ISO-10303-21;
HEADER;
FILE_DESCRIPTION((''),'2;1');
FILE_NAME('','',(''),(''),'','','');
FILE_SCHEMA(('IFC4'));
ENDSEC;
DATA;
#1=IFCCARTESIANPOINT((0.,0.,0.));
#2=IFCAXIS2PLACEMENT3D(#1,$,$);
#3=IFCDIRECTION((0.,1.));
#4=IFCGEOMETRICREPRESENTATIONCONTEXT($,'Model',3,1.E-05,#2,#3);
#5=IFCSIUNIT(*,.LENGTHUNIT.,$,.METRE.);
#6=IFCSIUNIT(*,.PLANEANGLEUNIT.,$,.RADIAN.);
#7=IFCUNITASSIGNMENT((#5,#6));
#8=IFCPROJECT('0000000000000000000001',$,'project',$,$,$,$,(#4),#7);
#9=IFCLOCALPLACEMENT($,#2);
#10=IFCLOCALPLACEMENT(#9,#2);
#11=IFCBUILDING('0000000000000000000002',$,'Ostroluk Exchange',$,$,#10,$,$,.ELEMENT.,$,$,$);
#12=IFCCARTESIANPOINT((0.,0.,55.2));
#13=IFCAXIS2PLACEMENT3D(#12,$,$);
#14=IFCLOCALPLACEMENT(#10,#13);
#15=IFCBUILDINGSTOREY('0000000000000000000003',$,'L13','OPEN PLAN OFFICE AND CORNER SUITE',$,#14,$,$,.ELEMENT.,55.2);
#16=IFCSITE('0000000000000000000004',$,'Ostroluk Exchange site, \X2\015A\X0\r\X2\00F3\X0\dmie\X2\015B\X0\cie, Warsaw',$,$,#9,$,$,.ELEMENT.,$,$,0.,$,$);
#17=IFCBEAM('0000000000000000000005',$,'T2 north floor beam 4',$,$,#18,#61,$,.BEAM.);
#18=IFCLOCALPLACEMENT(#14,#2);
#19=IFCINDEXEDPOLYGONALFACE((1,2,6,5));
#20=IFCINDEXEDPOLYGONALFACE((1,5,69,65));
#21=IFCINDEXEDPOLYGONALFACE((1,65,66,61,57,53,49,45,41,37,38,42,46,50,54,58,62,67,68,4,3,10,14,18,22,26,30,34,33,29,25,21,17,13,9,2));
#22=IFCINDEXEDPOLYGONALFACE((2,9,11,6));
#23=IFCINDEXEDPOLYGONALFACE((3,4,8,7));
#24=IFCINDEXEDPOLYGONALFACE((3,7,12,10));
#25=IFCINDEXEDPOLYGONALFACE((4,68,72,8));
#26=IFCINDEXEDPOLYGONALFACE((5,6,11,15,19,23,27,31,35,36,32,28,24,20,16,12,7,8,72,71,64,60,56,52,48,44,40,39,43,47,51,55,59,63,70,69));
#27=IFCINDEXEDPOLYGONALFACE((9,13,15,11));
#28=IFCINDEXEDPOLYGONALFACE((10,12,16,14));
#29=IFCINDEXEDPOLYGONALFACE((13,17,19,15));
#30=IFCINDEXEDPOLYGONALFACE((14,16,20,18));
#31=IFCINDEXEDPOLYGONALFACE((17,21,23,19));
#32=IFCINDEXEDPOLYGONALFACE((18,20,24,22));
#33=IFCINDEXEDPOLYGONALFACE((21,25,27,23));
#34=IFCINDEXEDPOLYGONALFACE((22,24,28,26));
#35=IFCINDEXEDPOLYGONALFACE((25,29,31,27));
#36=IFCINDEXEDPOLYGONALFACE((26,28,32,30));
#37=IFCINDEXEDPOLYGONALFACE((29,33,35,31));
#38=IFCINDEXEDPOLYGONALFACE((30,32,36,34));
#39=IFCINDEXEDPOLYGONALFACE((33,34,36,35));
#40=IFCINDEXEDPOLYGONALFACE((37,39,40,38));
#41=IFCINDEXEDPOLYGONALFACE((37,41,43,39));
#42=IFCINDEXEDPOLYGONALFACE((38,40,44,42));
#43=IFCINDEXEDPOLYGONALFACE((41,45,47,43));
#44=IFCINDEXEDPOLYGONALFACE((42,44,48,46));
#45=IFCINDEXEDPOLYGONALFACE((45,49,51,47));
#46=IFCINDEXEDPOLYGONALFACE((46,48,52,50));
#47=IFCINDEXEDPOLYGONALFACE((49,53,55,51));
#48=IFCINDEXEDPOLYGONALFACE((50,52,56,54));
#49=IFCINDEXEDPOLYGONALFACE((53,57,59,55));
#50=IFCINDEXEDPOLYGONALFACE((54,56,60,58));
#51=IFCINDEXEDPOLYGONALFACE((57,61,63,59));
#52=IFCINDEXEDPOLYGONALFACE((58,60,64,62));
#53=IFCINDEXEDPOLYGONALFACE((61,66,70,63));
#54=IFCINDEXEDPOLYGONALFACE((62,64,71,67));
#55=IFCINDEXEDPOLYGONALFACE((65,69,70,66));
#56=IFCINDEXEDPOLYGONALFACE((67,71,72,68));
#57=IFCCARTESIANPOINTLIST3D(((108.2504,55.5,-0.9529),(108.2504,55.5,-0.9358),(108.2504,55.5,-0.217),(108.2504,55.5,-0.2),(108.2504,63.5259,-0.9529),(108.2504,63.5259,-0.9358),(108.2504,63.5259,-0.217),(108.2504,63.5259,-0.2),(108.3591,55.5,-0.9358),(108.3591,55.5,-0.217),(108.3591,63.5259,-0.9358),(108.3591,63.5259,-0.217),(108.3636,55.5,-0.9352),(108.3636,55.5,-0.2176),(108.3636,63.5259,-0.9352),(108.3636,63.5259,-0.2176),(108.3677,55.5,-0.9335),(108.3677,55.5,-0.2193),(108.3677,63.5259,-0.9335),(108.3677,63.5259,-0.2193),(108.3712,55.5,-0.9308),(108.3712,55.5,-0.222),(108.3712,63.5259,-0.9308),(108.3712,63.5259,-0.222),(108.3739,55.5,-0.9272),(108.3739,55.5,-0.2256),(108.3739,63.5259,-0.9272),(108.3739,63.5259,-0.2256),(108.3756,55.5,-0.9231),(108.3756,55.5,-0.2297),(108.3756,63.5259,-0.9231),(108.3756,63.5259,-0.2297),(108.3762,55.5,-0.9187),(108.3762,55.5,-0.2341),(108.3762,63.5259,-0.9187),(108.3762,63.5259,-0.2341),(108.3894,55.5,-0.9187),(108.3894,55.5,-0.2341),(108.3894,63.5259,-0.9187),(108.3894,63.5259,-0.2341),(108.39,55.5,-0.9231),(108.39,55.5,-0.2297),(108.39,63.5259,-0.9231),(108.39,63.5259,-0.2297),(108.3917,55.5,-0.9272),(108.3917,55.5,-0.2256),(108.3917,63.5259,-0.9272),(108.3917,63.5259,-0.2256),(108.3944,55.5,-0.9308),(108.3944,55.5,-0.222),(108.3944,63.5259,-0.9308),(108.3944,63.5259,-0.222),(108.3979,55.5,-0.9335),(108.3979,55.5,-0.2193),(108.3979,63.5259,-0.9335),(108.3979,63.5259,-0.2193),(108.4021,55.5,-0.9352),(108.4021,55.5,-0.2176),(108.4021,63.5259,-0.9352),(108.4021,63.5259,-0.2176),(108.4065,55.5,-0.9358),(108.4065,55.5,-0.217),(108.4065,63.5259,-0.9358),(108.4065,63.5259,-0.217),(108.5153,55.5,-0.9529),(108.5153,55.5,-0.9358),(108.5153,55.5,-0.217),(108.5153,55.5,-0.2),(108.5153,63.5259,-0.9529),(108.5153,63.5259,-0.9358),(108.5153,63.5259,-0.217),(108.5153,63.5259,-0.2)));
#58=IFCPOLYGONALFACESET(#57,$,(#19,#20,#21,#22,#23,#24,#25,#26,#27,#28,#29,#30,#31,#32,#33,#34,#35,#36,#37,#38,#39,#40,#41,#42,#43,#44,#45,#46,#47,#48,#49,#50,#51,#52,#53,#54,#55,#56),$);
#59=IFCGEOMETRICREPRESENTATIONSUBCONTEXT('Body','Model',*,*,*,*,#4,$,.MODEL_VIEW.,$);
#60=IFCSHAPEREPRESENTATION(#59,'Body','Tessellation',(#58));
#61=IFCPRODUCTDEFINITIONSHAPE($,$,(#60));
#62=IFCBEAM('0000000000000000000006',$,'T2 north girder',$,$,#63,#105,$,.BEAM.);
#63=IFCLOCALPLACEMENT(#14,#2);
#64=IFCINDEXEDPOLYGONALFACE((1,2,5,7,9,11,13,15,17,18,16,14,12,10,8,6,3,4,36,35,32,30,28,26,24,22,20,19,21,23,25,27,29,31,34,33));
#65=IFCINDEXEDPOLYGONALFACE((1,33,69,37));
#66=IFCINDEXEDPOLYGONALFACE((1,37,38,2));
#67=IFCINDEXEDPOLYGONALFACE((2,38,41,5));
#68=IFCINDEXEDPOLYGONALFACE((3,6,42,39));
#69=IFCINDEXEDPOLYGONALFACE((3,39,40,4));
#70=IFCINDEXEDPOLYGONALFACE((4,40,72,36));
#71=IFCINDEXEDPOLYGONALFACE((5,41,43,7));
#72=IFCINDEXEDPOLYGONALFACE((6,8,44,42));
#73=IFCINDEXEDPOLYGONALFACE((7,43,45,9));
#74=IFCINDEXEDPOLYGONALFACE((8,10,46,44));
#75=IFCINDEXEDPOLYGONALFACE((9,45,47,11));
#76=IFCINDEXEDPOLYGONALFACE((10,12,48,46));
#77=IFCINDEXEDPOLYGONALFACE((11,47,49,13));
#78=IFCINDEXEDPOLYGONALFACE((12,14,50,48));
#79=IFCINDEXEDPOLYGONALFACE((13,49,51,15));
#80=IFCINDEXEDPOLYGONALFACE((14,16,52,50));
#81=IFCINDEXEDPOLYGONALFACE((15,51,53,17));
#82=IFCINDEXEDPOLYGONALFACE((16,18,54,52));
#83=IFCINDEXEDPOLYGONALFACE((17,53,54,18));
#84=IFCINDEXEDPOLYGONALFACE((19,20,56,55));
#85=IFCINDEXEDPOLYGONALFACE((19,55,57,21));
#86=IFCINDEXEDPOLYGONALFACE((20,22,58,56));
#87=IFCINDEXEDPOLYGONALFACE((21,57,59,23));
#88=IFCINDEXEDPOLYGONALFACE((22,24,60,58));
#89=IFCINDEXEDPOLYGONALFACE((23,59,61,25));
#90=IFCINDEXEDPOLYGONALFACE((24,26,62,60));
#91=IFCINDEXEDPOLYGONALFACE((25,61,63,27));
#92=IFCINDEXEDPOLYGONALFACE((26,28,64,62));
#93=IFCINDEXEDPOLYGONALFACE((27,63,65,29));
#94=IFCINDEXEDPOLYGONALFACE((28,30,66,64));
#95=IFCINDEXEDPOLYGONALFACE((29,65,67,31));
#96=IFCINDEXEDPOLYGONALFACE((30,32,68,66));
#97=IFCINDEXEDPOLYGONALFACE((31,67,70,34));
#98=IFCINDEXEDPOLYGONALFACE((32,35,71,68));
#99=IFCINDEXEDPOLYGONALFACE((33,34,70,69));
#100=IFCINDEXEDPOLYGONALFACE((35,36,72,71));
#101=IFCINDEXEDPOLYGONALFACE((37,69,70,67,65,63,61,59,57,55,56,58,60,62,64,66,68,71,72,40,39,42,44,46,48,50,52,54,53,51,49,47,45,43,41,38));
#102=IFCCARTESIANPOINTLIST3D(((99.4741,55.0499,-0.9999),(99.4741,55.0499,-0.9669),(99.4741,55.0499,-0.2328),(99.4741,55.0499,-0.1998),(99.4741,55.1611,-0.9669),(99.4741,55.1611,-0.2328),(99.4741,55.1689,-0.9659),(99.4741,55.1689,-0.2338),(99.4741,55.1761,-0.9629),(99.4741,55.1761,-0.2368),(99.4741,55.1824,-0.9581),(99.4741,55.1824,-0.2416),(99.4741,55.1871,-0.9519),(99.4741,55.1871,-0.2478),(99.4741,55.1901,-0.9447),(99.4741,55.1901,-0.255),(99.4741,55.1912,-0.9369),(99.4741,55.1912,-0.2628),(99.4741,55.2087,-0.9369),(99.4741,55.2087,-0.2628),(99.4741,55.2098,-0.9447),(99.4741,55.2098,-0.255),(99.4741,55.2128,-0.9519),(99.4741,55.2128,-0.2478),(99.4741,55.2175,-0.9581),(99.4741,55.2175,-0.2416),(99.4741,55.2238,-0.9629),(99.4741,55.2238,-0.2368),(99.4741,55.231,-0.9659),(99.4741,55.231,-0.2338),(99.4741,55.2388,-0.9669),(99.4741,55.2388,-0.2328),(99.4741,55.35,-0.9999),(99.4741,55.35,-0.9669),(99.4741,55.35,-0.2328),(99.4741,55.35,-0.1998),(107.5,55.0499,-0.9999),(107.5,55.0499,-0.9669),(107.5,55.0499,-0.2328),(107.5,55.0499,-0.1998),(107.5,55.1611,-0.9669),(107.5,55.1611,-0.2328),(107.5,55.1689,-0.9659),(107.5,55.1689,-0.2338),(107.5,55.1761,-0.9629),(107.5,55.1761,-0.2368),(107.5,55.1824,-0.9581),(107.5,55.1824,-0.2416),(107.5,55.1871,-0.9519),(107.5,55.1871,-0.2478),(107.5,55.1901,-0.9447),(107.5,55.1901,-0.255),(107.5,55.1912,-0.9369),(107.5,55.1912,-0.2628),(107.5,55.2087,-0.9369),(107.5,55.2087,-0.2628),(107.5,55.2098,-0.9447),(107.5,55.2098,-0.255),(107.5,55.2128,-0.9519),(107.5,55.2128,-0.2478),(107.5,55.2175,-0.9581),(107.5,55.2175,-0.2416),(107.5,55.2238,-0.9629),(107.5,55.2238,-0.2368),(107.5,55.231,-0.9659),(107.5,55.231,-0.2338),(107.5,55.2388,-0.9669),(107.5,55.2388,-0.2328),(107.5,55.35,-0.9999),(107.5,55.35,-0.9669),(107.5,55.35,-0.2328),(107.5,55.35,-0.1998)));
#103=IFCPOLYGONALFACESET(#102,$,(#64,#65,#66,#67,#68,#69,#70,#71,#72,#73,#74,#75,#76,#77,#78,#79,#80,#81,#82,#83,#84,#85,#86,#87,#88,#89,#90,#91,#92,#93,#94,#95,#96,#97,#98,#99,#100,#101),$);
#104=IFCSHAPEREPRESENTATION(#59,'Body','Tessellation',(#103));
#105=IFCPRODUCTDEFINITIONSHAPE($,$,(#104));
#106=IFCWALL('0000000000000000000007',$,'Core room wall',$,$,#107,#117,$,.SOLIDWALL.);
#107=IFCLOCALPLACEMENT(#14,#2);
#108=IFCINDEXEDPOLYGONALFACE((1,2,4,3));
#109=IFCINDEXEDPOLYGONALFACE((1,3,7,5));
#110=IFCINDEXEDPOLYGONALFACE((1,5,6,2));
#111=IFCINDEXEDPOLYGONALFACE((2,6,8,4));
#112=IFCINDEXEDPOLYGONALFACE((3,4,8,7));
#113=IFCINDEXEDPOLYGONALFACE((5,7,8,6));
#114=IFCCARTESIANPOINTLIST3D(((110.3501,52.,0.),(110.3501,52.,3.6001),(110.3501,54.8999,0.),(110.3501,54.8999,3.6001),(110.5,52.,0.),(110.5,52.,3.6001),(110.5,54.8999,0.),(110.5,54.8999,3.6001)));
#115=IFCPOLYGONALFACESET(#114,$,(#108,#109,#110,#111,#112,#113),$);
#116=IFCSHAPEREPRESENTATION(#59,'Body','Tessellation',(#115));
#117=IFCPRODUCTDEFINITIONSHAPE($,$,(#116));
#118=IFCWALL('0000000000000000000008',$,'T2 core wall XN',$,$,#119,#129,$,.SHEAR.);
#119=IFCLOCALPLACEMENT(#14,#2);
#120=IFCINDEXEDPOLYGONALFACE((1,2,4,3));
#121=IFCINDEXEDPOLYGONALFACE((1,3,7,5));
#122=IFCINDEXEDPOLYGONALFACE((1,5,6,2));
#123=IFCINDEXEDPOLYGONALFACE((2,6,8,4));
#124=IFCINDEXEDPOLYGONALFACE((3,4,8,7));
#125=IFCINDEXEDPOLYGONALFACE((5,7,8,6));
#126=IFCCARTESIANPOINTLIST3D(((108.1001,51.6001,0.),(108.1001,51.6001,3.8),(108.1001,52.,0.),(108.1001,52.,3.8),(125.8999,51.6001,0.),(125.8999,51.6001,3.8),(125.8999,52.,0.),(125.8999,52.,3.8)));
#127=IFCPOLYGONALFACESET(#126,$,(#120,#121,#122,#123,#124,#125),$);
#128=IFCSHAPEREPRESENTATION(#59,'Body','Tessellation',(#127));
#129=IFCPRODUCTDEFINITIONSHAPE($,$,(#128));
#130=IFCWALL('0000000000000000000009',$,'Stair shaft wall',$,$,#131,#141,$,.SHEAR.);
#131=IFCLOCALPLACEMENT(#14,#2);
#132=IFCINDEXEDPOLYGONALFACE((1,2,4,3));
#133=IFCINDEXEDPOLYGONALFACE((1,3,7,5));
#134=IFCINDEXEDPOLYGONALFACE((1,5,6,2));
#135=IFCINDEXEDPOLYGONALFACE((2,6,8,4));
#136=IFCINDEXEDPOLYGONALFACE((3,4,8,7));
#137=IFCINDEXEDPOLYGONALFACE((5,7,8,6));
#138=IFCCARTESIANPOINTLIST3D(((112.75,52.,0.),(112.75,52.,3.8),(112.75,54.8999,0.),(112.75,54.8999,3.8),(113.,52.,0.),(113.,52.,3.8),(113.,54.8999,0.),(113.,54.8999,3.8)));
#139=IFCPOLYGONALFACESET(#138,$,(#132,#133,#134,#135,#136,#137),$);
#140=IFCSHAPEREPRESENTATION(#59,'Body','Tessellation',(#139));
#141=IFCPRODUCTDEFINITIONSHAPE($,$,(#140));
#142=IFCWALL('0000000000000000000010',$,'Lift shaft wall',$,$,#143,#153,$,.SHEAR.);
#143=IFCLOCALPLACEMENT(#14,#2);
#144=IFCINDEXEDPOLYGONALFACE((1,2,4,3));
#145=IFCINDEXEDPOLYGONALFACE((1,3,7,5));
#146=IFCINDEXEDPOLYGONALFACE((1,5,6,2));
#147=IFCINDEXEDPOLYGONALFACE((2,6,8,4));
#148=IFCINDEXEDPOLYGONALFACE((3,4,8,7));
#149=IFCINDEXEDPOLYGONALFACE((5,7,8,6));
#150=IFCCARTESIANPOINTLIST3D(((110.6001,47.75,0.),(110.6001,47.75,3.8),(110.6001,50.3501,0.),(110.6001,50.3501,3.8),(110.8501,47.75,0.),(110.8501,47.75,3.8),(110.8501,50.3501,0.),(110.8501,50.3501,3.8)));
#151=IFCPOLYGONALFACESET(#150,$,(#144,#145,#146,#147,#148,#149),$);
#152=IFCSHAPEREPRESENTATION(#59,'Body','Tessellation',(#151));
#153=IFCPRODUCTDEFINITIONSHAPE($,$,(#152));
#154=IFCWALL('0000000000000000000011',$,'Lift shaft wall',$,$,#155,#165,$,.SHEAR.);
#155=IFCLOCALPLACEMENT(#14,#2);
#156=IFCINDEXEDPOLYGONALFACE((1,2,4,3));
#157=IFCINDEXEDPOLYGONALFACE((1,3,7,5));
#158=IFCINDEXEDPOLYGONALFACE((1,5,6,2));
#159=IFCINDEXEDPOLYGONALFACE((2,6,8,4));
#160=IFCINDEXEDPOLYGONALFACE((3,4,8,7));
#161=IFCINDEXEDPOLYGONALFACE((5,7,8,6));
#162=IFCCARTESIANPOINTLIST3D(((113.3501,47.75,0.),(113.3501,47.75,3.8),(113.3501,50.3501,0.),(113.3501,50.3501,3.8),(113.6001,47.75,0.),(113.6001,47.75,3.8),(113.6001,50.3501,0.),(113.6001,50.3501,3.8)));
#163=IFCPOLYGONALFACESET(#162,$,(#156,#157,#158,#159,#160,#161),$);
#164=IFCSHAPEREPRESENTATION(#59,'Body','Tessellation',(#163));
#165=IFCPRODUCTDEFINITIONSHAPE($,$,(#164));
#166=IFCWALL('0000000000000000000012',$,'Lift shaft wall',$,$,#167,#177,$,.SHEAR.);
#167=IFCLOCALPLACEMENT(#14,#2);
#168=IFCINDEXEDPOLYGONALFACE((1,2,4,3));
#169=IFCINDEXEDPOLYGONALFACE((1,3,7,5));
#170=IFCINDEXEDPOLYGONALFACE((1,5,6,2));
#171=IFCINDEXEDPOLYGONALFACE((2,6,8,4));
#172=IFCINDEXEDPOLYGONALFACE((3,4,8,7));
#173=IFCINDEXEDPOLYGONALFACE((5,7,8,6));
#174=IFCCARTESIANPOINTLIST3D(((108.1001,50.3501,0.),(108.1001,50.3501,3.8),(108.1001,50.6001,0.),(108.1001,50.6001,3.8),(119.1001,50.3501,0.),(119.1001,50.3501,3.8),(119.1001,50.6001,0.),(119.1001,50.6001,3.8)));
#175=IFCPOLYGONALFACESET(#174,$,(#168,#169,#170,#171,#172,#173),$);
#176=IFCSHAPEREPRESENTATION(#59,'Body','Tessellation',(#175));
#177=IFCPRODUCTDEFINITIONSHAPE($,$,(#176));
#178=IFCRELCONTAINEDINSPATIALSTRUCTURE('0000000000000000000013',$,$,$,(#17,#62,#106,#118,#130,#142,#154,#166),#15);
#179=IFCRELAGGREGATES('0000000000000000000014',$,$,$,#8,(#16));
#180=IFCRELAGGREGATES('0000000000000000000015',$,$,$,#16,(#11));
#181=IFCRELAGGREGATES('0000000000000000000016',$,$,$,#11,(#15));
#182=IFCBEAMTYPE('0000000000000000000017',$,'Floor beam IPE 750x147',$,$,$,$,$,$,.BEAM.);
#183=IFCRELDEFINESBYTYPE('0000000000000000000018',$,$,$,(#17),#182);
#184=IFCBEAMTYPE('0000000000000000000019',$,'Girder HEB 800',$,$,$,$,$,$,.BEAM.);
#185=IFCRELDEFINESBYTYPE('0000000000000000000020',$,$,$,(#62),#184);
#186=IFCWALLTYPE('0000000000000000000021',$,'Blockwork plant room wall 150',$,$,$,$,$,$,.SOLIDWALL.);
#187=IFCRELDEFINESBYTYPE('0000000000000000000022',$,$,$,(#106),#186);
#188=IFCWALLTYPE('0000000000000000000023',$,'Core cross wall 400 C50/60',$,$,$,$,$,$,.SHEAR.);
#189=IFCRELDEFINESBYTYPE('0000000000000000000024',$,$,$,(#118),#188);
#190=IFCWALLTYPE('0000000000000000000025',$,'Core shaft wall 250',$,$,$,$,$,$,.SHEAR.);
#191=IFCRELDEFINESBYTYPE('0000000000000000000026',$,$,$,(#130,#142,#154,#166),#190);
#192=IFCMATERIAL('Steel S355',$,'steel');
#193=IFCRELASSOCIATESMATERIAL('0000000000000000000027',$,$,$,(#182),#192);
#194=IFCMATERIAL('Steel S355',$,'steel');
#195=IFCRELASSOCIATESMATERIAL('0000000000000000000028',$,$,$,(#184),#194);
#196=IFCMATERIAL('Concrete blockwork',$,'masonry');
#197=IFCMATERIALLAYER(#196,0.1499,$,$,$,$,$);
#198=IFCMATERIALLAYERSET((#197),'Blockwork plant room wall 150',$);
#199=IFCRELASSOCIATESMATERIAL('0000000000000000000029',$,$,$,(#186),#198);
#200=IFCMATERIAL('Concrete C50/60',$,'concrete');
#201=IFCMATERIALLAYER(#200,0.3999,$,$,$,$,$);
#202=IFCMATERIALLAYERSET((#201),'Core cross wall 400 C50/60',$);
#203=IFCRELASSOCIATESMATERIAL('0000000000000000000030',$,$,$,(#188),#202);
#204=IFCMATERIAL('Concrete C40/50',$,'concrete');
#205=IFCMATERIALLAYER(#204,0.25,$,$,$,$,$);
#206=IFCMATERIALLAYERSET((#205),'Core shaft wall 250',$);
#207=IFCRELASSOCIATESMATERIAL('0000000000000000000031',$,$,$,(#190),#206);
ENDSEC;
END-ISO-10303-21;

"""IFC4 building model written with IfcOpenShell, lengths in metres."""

from ifc_helpers import new_model, si_unit, direction, frame, frame_2d, origin, origin_2d, place, context, subcontext, project, spatial, rectangle, i_section, extrude, material, layer, layer_set, material_profile, profile_set, type_object, element, save


model = new_model("IFC4")

# Units and contexts
model_context = context("Model", 3, precision=1e-05, world=origin(), true_north=direction((0.0, 1.0)))
body_context = subcontext(model_context, "Body", "Model", "MODEL_VIEW")
ifc_project = project(units=[si_unit("LENGTHUNIT", "METRE"), si_unit("PLANEANGLEUNIT", "RADIAN")], contexts=[model_context])

# Site, building, storey
site_placement = place(None, origin())
site = spatial("IfcSite", under=ifc_project, at=site_placement, Name="Ostroluk Exchange site, Śródmieście, Warsaw", CompositionType="ELEMENT", RefElevation=0.0)
building_placement = place(site_placement, origin())
building = spatial("IfcBuilding", under=site, at=building_placement, Name="Ostroluk Exchange", CompositionType="ELEMENT")
storey_placement = place(building_placement, frame((0.0, 0.0, 55.2)))
storey = spatial("IfcBuildingStorey", under=building, at=storey_placement, Name="L13", Description="OPEN PLAN OFFICE AND CORNER SUITE", CompositionType="ELEMENT", Elevation=55.2)

# Beams
ifc_material_1 = material(Name="Steel S355", Category="steel")
ifc_material_profile_1 = material_profile(ifc_material_1, i_section(OverallWidth=0.2649, OverallDepth=0.7529, WebThickness=0.0132, FlangeThickness=0.0171, FilletRadius=0.0171, at=origin_2d()), Name="IPE 750x147")
ifc_profile_set_1 = profile_set([ifc_material_profile_1], Name="Steel S355")
beam_type_1 = type_object("IfcBeamType", Name="Floor beam IPE 750x147", PredefinedType="BEAM", material=ifc_profile_set_1)
beam_1_placement = place(storey_placement, frame((108.3828, 55.5, -0.5764), z_axis=(0.0, 1.0, 0.0), x_axis=(-1.0, 0.0, 0.0)))
element("IfcBeam", 1, at=beam_1_placement, inside=storey, type_object=beam_type_1, Name="T2 north floor beam 4", PredefinedType="BEAM", context=body_context, shape_type="SweptSolid", body=[
    extrude(i_section(OverallWidth=0.2649, OverallDepth=0.7529, WebThickness=0.0132, FlangeThickness=0.0171, FilletRadius=0.0171, at=origin_2d()), origin(), (0.0, 0.0, 1.0), 8.0259),
])
ifc_material_2 = material(Name="Steel S355", Category="steel")
ifc_material_profile_2 = material_profile(ifc_material_2, i_section(OverallWidth=0.3, OverallDepth=0.8, WebThickness=0.0176, FlangeThickness=0.033, FilletRadius=0.03, at=origin_2d()), Name="HEB 800")
ifc_profile_set_2 = profile_set([ifc_material_profile_2], Name="Steel S355")
beam_type_2 = type_object("IfcBeamType", Name="Girder HEB 800", PredefinedType="BEAM", material=ifc_profile_set_2)
beam_2_placement = place(storey_placement, frame((107.5, 55.2, -0.5999), z_axis=(-1.0, 0.0, 0.0), x_axis=(0.0, -1.0, 0.0)))
element("IfcBeam", 2, at=beam_2_placement, inside=storey, type_object=beam_type_2, Name="T2 north girder", PredefinedType="BEAM", context=body_context, shape_type="SweptSolid", body=[
    extrude(i_section(OverallWidth=0.3, OverallDepth=0.8, WebThickness=0.0176, FlangeThickness=0.033, FilletRadius=0.03, at=origin_2d()), origin(), (0.0, 0.0, 1.0), 8.0259),
])

# Walls
ifc_material_3 = material(Name="Concrete blockwork", Category="masonry")
ifc_layer_1 = layer(ifc_material_3, 0.1499)
ifc_layer_set_1 = layer_set([ifc_layer_1], Name="Blockwork plant room wall 150")
wall_type_1 = type_object("IfcWallType", Name="Blockwork plant room wall 150", PredefinedType="SOLIDWALL", material=ifc_layer_set_1)
wall_1_placement = place(storey_placement, frame((110.425, 52.0, 0.0), z_axis=(0.0, 0.0, 1.0), x_axis=(0.0, 1.0, 0.0)))
element("IfcWall", 3, at=wall_1_placement, inside=storey, type_object=wall_type_1, Name="Core room wall", PredefinedType="SOLIDWALL", context=body_context, shape_type="SweptSolid", body=[
    extrude(rectangle(XDim=2.8999, YDim=0.1499, at=frame_2d((1.45, 0.0))), origin(), (0.0, 0.0, 1.0), 3.6001),
])
ifc_material_4 = material(Name="Concrete C50/60", Category="concrete")
ifc_layer_2 = layer(ifc_material_4, 0.3999)
ifc_layer_set_2 = layer_set([ifc_layer_2], Name="Core cross wall 400 C50/60")
wall_type_2 = type_object("IfcWallType", Name="Core cross wall 400 C50/60", PredefinedType="SHEAR", material=ifc_layer_set_2)
wall_2_placement = place(storey_placement, frame((108.1001, 51.8, 0.0), z_axis=(0.0, 0.0, 1.0), x_axis=(1.0, 0.0, 0.0)))
element("IfcWall", 4, at=wall_2_placement, inside=storey, type_object=wall_type_2, Name="T2 core wall XN", PredefinedType="SHEAR", context=body_context, shape_type="SweptSolid", body=[
    extrude(rectangle(XDim=17.7998, YDim=0.3999, at=frame_2d((8.8999, 0.0))), origin(), (0.0, 0.0, 1.0), 3.8),
])
ifc_material_5 = material(Name="Concrete C40/50", Category="concrete")
ifc_layer_3 = layer(ifc_material_5, 0.25)
ifc_layer_set_3 = layer_set([ifc_layer_3], Name="Core shaft wall 250")
wall_type_3 = type_object("IfcWallType", Name="Core shaft wall 250", PredefinedType="SHEAR", material=ifc_layer_set_3)
wall_3_placement = place(storey_placement, frame((112.875, 52.0, 0.0), z_axis=(0.0, 0.0, 1.0), x_axis=(0.0, 1.0, 0.0)))
element("IfcWall", 5, at=wall_3_placement, inside=storey, type_object=wall_type_3, Name="Stair shaft wall", PredefinedType="SHEAR", context=body_context, shape_type="SweptSolid", body=[
    extrude(rectangle(XDim=2.8999, YDim=0.25, at=frame_2d((1.45, 0.0))), origin(), (0.0, 0.0, 1.0), 3.8),
])
for number, where, z_axis, x_axis, name in (
    (6, (110.7251, 47.75, 0.0), (0.0, 0.0, 1.0), (0.0, 1.0, 0.0), "Lift shaft wall"),
    (7, (113.4751, 47.75, 0.0), (0.0, 0.0, 1.0), (0.0, 1.0, 0.0), "Lift shaft wall"),
):
    element("IfcWall", number, at=place(storey_placement, frame(where, z_axis=z_axis, x_axis=x_axis)), inside=storey, type_object=wall_type_3, Name=name, PredefinedType="SHEAR", context=body_context, shape_type="SweptSolid", body=[
        extrude(rectangle(XDim=2.6001, YDim=0.25, at=frame_2d((1.3, 0.0))), origin(), (0.0, 0.0, 1.0), 3.8),
    ])
wall_4_placement = place(storey_placement, frame((108.1001, 50.4751, 0.0), z_axis=(0.0, 0.0, 1.0), x_axis=(1.0, 0.0, 0.0)))
element("IfcWall", 8, at=wall_4_placement, inside=storey, type_object=wall_type_3, Name="Lift shaft wall", PredefinedType="SHEAR", context=body_context, shape_type="SweptSolid", body=[
    extrude(rectangle(XDim=11.0, YDim=0.25, at=frame_2d((5.5, 0.0))), origin(), (0.0, 0.0, 1.0), 3.8),
])

save(model, "model.ifc")
